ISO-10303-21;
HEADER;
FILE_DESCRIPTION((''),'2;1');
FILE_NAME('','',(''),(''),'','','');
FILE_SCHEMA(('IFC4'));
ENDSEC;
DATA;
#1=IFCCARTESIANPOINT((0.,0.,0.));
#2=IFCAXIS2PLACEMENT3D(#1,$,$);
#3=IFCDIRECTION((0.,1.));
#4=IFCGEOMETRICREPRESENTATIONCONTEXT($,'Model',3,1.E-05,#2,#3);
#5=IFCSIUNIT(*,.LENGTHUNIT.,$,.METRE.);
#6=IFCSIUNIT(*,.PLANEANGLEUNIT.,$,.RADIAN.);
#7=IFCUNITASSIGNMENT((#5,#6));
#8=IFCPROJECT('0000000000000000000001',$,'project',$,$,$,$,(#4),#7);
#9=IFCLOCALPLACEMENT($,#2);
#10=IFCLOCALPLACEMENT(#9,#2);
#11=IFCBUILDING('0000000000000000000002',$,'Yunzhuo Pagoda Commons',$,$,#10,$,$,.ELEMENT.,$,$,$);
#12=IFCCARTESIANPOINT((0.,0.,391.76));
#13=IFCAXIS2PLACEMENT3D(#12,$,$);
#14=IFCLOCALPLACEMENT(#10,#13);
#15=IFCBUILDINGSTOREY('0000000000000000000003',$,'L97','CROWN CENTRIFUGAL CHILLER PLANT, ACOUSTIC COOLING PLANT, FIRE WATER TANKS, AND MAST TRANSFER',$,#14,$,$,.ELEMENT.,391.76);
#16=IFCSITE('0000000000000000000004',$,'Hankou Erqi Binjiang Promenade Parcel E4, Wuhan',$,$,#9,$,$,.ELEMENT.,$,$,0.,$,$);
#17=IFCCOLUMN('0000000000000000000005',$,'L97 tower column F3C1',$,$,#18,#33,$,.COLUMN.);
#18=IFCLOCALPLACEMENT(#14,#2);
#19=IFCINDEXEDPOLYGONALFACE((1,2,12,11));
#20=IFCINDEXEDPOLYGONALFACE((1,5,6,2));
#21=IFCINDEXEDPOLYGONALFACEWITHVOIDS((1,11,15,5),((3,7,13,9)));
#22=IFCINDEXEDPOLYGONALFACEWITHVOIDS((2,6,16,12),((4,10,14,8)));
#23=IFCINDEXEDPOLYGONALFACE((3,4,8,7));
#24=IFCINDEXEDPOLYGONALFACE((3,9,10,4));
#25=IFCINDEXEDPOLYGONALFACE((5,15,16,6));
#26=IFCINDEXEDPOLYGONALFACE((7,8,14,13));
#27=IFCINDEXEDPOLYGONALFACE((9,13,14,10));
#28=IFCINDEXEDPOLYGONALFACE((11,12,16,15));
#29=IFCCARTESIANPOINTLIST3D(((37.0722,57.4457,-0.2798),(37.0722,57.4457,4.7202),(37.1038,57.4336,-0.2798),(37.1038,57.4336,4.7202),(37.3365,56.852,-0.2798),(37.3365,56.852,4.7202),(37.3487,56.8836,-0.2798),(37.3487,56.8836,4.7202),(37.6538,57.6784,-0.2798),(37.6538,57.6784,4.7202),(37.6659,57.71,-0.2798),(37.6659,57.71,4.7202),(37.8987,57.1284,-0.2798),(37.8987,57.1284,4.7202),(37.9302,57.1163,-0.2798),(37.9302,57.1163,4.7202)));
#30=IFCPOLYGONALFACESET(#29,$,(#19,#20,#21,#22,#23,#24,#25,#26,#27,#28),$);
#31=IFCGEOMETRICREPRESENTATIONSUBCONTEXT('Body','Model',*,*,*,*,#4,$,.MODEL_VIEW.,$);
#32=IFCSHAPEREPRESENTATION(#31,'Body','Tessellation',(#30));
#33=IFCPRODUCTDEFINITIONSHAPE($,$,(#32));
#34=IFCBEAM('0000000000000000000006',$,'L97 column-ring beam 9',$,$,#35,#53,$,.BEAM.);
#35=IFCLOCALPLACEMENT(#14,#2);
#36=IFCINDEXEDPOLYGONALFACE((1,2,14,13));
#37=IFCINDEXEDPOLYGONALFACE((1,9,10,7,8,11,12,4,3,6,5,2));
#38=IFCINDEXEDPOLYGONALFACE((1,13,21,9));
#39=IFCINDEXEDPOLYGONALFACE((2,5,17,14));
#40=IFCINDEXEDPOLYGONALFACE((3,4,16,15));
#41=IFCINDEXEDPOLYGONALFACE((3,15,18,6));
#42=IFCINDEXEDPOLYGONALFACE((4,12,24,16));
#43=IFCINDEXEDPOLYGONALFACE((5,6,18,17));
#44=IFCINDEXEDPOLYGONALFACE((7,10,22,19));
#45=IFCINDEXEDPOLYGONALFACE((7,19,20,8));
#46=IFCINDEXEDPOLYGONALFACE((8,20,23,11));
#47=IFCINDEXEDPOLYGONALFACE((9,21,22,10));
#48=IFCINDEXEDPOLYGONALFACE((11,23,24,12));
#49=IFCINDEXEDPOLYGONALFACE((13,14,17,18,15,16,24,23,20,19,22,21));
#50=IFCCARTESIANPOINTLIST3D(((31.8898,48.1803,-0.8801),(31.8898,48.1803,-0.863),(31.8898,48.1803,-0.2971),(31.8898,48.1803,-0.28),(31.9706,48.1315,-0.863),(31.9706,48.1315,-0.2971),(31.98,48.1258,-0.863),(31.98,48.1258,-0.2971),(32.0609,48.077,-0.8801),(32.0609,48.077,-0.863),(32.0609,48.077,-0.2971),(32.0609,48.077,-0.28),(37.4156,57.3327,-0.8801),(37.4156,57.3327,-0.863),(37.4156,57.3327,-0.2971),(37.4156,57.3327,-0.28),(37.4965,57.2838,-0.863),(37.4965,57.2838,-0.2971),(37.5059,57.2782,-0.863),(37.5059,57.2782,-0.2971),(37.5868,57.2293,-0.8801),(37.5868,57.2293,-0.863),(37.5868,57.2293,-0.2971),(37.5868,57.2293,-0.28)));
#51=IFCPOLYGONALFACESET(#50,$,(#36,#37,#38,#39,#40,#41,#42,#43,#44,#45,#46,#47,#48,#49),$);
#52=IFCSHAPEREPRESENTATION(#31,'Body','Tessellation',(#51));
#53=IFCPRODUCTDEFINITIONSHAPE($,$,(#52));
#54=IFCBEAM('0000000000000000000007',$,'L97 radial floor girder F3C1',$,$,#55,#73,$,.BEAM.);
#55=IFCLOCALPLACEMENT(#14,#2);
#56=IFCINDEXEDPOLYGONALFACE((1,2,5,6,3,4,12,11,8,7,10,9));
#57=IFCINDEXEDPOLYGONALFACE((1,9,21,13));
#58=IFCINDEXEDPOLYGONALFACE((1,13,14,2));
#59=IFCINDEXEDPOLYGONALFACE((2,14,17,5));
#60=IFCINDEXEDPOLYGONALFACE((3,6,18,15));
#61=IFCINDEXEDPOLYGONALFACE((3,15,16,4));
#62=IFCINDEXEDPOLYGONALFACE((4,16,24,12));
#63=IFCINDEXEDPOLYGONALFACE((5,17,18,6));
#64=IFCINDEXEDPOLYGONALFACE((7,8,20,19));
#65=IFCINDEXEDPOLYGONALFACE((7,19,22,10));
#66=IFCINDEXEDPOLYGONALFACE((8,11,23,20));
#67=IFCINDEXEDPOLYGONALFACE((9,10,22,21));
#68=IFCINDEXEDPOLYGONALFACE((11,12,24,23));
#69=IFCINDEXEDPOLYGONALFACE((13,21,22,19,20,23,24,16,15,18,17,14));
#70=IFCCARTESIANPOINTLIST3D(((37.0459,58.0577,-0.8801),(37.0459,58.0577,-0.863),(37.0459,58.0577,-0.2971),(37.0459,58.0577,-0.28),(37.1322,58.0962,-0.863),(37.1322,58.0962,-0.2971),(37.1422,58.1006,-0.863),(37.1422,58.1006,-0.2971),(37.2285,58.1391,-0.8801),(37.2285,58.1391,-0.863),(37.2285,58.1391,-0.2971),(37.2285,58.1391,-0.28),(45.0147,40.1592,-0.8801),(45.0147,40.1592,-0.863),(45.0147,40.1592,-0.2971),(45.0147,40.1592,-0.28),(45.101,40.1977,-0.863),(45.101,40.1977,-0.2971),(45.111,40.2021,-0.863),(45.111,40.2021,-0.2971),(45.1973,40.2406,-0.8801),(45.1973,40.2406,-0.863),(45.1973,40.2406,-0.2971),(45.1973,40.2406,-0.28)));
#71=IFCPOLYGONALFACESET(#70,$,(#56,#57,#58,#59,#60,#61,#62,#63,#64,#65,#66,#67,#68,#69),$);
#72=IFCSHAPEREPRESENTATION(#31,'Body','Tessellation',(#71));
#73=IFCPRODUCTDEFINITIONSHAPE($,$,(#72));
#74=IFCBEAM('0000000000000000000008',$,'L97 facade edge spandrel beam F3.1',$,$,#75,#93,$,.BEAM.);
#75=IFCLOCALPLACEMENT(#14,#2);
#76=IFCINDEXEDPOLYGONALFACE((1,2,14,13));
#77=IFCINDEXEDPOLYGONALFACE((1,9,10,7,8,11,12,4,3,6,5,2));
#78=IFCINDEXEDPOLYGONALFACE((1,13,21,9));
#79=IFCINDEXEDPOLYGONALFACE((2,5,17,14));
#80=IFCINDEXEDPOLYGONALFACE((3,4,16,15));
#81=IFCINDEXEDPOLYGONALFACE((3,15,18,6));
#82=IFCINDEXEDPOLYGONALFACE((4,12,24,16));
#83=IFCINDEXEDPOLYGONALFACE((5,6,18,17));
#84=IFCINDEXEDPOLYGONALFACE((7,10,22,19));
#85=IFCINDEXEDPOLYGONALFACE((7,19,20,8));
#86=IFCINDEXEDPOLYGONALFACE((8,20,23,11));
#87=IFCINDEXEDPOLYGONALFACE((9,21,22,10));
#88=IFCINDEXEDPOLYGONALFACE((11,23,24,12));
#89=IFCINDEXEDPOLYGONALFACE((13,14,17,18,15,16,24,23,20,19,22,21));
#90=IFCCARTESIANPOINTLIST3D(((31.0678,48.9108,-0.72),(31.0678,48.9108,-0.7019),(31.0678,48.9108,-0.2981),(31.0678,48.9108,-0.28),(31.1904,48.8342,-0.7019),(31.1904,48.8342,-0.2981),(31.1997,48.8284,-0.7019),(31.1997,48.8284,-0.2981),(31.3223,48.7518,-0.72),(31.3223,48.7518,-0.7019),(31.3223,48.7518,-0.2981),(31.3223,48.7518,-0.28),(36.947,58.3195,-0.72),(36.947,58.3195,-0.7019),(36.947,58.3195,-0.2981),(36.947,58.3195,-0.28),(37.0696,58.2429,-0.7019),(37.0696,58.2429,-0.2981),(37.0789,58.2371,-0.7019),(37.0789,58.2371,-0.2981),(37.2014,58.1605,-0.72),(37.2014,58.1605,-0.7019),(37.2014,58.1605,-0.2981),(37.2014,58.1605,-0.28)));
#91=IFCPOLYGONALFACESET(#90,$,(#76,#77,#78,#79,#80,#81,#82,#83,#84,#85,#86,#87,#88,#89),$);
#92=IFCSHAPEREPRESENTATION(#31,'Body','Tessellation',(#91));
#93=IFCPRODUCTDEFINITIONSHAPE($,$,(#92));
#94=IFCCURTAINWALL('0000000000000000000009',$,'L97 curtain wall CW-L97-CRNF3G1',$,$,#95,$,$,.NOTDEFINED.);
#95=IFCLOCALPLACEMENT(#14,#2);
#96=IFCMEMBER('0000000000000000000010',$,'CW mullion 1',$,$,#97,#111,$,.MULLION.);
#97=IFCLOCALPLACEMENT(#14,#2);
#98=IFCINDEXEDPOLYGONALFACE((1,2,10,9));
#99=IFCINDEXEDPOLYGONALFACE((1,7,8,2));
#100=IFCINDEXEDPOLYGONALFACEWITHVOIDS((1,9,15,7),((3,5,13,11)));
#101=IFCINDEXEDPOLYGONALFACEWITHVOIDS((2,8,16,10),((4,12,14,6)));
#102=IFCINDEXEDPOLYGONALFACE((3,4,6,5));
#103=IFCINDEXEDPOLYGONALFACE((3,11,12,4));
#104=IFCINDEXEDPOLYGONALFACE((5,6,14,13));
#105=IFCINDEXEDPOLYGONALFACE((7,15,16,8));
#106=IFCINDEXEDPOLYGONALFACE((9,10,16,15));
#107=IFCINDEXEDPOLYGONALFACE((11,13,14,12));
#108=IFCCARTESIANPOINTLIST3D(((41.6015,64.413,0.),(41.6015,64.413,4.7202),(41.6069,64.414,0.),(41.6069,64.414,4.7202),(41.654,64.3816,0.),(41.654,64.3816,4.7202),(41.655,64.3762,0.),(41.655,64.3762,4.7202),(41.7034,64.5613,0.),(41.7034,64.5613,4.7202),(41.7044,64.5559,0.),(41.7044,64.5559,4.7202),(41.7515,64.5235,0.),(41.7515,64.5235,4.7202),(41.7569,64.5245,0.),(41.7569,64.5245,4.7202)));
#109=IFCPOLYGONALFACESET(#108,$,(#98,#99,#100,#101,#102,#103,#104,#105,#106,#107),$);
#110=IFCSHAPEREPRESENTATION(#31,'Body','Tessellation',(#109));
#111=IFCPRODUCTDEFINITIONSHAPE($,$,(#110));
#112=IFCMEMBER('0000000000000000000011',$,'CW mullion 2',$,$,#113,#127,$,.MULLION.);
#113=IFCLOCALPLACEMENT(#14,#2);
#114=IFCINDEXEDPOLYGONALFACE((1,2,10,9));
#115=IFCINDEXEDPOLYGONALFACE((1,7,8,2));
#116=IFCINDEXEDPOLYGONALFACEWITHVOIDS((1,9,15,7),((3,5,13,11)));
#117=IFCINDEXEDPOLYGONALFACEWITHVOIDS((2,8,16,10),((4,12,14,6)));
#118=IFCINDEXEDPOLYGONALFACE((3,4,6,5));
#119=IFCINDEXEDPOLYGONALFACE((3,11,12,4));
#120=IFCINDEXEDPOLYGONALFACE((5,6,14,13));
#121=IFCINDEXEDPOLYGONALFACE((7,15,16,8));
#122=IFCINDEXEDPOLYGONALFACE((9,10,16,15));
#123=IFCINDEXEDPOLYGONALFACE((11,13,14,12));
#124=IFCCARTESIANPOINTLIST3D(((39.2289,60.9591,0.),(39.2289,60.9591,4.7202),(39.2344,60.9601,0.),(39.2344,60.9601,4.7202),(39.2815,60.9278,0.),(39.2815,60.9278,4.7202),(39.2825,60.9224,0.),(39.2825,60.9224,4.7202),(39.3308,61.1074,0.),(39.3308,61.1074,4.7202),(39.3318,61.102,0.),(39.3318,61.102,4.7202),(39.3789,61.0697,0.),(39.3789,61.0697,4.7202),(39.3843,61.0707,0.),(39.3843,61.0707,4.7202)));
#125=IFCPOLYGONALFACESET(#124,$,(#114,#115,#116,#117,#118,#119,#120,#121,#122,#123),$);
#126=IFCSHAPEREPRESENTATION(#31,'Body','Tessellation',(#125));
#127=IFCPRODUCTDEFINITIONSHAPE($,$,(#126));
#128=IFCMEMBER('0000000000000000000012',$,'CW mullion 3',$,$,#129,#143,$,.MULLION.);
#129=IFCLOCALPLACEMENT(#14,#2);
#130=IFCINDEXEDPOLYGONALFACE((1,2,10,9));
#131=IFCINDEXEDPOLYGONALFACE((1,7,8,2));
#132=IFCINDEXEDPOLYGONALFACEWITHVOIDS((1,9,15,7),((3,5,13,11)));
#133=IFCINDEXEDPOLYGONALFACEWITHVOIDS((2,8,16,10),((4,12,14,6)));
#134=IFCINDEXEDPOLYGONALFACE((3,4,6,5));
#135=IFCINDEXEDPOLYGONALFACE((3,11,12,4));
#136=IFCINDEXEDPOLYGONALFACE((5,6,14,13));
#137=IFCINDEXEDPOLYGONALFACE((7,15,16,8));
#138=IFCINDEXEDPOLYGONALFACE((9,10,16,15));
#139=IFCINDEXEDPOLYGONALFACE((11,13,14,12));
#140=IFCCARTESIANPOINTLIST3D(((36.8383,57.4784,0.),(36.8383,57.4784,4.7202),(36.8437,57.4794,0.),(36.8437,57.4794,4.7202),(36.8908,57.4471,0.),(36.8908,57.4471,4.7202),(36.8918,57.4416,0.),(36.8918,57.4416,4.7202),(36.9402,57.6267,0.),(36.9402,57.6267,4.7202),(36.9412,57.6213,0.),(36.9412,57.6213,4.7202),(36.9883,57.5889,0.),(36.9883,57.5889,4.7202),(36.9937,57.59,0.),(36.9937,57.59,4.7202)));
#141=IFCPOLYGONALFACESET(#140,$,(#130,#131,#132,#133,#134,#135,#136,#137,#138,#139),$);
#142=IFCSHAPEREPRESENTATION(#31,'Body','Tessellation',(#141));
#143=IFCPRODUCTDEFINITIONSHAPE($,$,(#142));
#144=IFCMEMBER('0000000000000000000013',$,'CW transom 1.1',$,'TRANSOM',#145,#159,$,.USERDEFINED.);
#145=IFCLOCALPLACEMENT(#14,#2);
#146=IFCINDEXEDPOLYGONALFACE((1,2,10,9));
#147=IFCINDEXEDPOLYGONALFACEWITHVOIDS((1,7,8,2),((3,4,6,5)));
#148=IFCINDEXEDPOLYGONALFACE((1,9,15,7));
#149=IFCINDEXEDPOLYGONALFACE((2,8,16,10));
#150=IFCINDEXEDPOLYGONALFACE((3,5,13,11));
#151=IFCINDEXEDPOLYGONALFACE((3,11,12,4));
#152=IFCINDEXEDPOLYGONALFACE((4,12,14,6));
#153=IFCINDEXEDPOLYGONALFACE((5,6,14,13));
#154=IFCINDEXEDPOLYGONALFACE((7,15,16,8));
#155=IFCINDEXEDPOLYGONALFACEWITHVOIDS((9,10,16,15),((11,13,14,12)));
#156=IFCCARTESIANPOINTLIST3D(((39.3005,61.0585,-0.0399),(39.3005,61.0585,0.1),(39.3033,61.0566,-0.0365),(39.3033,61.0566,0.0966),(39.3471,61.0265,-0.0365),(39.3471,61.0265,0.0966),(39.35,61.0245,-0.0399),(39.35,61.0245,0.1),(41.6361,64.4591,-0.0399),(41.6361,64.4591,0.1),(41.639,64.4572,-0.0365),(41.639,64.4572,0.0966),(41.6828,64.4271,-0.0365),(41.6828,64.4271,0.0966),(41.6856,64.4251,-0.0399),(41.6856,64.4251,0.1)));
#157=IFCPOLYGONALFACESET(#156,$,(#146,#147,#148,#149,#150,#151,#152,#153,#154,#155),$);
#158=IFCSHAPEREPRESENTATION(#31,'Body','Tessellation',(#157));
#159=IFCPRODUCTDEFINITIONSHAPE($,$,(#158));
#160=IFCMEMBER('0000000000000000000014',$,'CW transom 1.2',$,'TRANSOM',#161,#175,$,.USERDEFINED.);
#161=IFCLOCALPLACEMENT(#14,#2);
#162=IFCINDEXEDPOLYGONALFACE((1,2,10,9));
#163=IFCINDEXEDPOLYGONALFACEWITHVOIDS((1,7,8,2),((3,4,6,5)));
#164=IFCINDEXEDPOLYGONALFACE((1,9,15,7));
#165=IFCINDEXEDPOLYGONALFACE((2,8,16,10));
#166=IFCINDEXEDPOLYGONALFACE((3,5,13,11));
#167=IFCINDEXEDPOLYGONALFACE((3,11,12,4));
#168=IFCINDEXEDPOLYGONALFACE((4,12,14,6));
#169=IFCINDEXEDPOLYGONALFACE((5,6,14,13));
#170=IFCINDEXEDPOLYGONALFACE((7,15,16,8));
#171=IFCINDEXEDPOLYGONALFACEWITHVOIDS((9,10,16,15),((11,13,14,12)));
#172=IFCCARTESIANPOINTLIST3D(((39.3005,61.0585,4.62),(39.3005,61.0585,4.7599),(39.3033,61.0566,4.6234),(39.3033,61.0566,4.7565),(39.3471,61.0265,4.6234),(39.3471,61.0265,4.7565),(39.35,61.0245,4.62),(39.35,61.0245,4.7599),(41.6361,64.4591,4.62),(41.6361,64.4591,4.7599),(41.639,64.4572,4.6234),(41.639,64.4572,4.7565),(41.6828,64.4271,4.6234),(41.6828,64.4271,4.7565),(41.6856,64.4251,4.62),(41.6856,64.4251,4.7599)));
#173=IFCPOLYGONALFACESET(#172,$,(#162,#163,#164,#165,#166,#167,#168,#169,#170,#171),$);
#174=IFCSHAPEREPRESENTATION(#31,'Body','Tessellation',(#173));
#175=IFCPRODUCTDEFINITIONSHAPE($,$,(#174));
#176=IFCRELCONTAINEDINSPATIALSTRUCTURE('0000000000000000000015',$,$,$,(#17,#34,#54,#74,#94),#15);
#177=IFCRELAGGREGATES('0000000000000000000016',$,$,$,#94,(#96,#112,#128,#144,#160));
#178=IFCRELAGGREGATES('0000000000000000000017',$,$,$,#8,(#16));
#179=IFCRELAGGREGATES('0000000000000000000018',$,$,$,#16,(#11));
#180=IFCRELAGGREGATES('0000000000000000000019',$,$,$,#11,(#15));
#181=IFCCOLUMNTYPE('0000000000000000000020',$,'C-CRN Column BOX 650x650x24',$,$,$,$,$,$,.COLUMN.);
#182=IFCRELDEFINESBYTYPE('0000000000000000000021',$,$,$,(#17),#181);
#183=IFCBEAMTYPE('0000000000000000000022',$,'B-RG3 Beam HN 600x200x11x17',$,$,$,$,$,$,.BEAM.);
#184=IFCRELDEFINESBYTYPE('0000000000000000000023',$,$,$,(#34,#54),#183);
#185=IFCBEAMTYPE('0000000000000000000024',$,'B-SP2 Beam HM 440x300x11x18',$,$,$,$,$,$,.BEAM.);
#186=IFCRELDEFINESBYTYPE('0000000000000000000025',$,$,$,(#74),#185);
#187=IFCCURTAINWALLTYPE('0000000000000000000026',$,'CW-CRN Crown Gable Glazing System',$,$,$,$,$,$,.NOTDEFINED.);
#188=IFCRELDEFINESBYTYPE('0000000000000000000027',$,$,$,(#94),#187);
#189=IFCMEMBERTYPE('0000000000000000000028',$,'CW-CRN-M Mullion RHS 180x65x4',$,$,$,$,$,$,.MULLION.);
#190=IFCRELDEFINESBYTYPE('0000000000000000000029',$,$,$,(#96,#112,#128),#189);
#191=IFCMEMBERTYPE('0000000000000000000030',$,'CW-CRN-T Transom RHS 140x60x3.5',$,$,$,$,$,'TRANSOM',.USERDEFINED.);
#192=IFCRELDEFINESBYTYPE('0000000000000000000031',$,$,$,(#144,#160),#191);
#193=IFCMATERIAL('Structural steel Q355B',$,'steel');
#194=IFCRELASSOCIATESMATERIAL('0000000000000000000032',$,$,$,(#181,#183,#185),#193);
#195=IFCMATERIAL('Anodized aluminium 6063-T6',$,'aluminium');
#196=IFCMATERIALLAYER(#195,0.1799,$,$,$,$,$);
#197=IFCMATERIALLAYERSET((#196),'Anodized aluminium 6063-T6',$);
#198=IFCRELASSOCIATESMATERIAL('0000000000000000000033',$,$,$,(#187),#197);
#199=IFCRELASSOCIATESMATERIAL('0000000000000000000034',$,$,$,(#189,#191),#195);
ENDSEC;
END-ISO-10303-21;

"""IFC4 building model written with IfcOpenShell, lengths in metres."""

from ifc_helpers import new_model, si_unit, direction, frame, origin, origin_2d, place, context, subcontext, project, spatial, hollow_rectangle, i_section, extrude, source, transform, mapped, material, layer, layer_set, material_profile, profile_set, type_object, element, aggregate, save


model = new_model("IFC4")

# Units and contexts
model_context = context("Model", 3, precision=1e-05, world=origin(), true_north=direction((0.0, 1.0)))
body_context = subcontext(model_context, "Body", "Model", "MODEL_VIEW")
ifc_project = project(units=[si_unit("LENGTHUNIT", "METRE"), si_unit("PLANEANGLEUNIT", "RADIAN")], contexts=[model_context])

# Site, building, storey
site_placement = place(None, origin())
site = spatial("IfcSite", under=ifc_project, at=site_placement, Name="Hankou Erqi Binjiang Promenade Parcel E4, Wuhan", CompositionType="ELEMENT", RefElevation=0.0)
building_placement = place(site_placement, origin())
building = spatial("IfcBuilding", under=site, at=building_placement, Name="Yunzhuo Pagoda Commons", CompositionType="ELEMENT")
storey_placement = place(building_placement, frame((0.0, 0.0, 391.76)))
storey = spatial("IfcBuildingStorey", under=building, at=storey_placement, Name="L97", Description="CROWN CENTRIFUGAL CHILLER PLANT, ACOUSTIC COOLING PLANT, FIRE WATER TANKS, AND MAST TRANSFER", CompositionType="ELEMENT", Elevation=391.76)

# Column
ifc_material_1 = material(Name="Structural steel Q355B", Category="steel")
ifc_material_profile_1 = material_profile(ifc_material_1, hollow_rectangle(XDim=0.6499, YDim=0.6499, WallThickness=0.0239, at=origin_2d()), Name="Structural steel Q355B")
ifc_profile_set_1 = profile_set([ifc_material_profile_1], Name="Structural steel Q355B")
column_type = type_object("IfcColumnType", Name="C-CRN Column BOX 650x650x24", PredefinedType="COLUMN", material=ifc_profile_set_1)
shared_shape_1 = source(origin(), body_context, "Body", "SweptSolid", [
    extrude(hollow_rectangle(XDim=0.6499, YDim=0.6499, WallThickness=0.0239, at=origin_2d()), origin(), (0.0, 0.0, 1.0), 5.0),
])
column_placement = place(storey_placement, frame((37.5012, 57.281, -0.2798), z_axis=(0.0, 0.0, 1.0), x_axis=(-0.913545, -0.406737, 0.0)))
element("IfcColumn", 1, at=column_placement, inside=storey, type_object=column_type, Name="L97 tower column F3C1", PredefinedType="COLUMN", context=body_context, shape_type="MappedRepresentation", body=[
    mapped(shared_shape_1, transform((0.0, 0.0, 0.0), scale=1.0)),
])

# Beams
ifc_material_profile_2 = material_profile(ifc_material_1, i_section(OverallWidth=0.2, OverallDepth=0.6001, WebThickness=0.011, FlangeThickness=0.0171, at=origin_2d()), Name="Structural steel Q355B")
ifc_profile_set_2 = profile_set([ifc_material_profile_2], Name="Structural steel Q355B")
beam_type_1 = type_object("IfcBeamType", Name="B-RG3 Beam HN 600x200x11x17", PredefinedType="BEAM", material=ifc_profile_set_2)
shared_shape_2 = source(origin(), body_context, "Body", "SweptSolid", [
    extrude(i_section(OverallWidth=0.2, OverallDepth=0.6001, WebThickness=0.011, FlangeThickness=0.0171, at=origin_2d()), origin(), (0.0, 0.0, 1.0), 10.6912),
])
beam_1_placement = place(storey_placement, frame((37.5012, 57.281, -0.5801), z_axis=(-0.516865, -0.856067, 0.0), x_axis=(0.856067, -0.516865, 0.0)))
element("IfcBeam", 2, at=beam_1_placement, inside=storey, type_object=beam_type_1, Name="L97 column-ring beam 9", PredefinedType="BEAM", context=body_context, shape_type="MappedRepresentation", body=[
    mapped(shared_shape_2, transform((0.0, 0.0, 0.0), scale=1.0)),
])
shared_shape_3 = source(origin(), body_context, "Body", "SweptSolid", [
    extrude(i_section(OverallWidth=0.2, OverallDepth=0.6001, WebThickness=0.011, FlangeThickness=0.0171, at=origin_2d()), origin(), (0.0, 0.0, 1.0), 19.5923),
])
beam_2_placement = place(storey_placement, frame((37.1372, 58.0984, -0.5801), z_axis=(0.40673, -0.913548, 0.0), x_axis=(0.913548, 0.40673, 0.0)))
element("IfcBeam", 3, at=beam_2_placement, inside=storey, type_object=beam_type_1, Name="L97 radial floor girder F3C1", PredefinedType="BEAM", context=body_context, shape_type="MappedRepresentation", body=[
    mapped(shared_shape_3, transform((0.0, 0.0, 0.0), scale=1.0)),
])
ifc_material_profile_3 = material_profile(ifc_material_1, i_section(OverallWidth=0.3, OverallDepth=0.4399, WebThickness=0.011, FlangeThickness=0.0181, at=origin_2d()), Name="Structural steel Q355B")
ifc_profile_set_3 = profile_set([ifc_material_profile_3], Name="Structural steel Q355B")
beam_type_2 = type_object("IfcBeamType", Name="B-SP2 Beam HM 440x300x11x18", PredefinedType="BEAM", material=ifc_profile_set_3)
shared_shape_4 = source(origin(), body_context, "Body", "SweptSolid", [
    extrude(i_section(OverallWidth=0.3, OverallDepth=0.4399, WebThickness=0.011, FlangeThickness=0.0181, at=origin_2d()), origin(), (0.0, 0.0, 1.0), 11.0945),
])
beam_3_placement = place(storey_placement, frame((37.0742, 58.24, -0.5), z_axis=(-0.529916, -0.84805, 0.0), x_axis=(0.84805, -0.529916, 0.0)))
element("IfcBeam", 4, at=beam_3_placement, inside=storey, type_object=beam_type_2, Name="L97 facade edge spandrel beam F3.1", PredefinedType="BEAM", context=body_context, shape_type="MappedRepresentation", body=[
    mapped(shared_shape_4, transform((0.0, 0.0, 0.0), scale=1.0)),
])

# Curtain wall, members
ifc_material_2 = material(Name="Anodized aluminium 6063-T6", Category="aluminium")
ifc_layer_1 = layer(ifc_material_2, 0.1799)
ifc_layer_set_1 = layer_set([ifc_layer_1], Name="Anodized aluminium 6063-T6")
curtain_wall_type_1 = type_object("IfcCurtainWallType", Name="CW-CRN Crown Gable Glazing System", PredefinedType="NOTDEFINED", material=ifc_layer_set_1)
curtain_wall_1_placement = place(storey_placement, origin())
curtain_wall_1 = element("IfcCurtainWall", 5, at=curtain_wall_1_placement, inside=storey, type_object=curtain_wall_type_1, Name="L97 curtain wall CW-L97-CRNF3G1", PredefinedType="NOTDEFINED")
ifc_material_profile_4 = material_profile(ifc_material_2, hollow_rectangle(XDim=0.0649, YDim=0.1799, WallThickness=0.0039, at=origin_2d()), Name="Anodized aluminium 6063-T6")
ifc_profile_set_4 = profile_set([ifc_material_profile_4], Name="Anodized aluminium 6063-T6")
member_type_1 = type_object("IfcMemberType", Name="CW-CRN-M Mullion RHS 180x65x4", PredefinedType="MULLION", material=ifc_profile_set_4)
shared_shape_5 = source(origin(), body_context, "Body", "SweptSolid", [
    extrude(hollow_rectangle(XDim=0.0649, YDim=0.1799, WallThickness=0.0039, at=origin_2d()), origin(), (0.0, 0.0, 1.0), 4.7202),
])
member_1_placement = place(storey_placement, frame((41.6792, 64.4688, 0.0), z_axis=(0.0, 0.0, 1.0), x_axis=(0.824296, -0.566159, 0.0)))
member_1 = element("IfcMember", 6, at=member_1_placement, type_object=member_type_1, Name="CW mullion 1", PredefinedType="MULLION", context=body_context, shape_type="MappedRepresentation", body=[
    mapped(shared_shape_5, transform((0.0, 0.0, 0.0), scale=1.0)),
])
member_2_placement = place(storey_placement, frame((39.3066, 61.0149, 0.0), z_axis=(0.0, 0.0, 1.0), x_axis=(0.824296, -0.566159, 0.0)))
member_2 = element("IfcMember", 7, at=member_2_placement, type_object=member_type_1, Name="CW mullion 2", PredefinedType="MULLION", context=body_context, shape_type="MappedRepresentation", body=[
    mapped(shared_shape_5, transform((0.0, 0.0, 0.0), scale=1.0)),
])
member_3_placement = place(storey_placement, frame((36.916, 57.5342, 0.0), z_axis=(0.0, 0.0, 1.0), x_axis=(0.824296, -0.566159, 0.0)))
member_3 = element("IfcMember", 8, at=member_3_placement, type_object=member_type_1, Name="CW mullion 3", PredefinedType="MULLION", context=body_context, shape_type="MappedRepresentation", body=[
    mapped(shared_shape_5, transform((0.0, 0.0, 0.0), scale=1.0)),
])
ifc_material_profile_5 = material_profile(ifc_material_2, hollow_rectangle(XDim=0.0601, YDim=0.1399, WallThickness=0.0034, at=origin_2d()), Name="Anodized aluminium 6063-T6")
ifc_profile_set_5 = profile_set([ifc_material_profile_5], Name="Anodized aluminium 6063-T6")
member_type_2 = type_object("IfcMemberType", Name="CW-CRN-T Transom RHS 140x60x3.5", ElementType="TRANSOM", PredefinedType="USERDEFINED", material=ifc_profile_set_5)
shared_shape_6 = source(origin(), body_context, "Body", "SweptSolid", [
    extrude(hollow_rectangle(XDim=0.0601, YDim=0.1399, WallThickness=0.0034, at=origin_2d()), origin(), (0.0, 0.0, 1.0), 4.1255),
])
member_4_placement = place(storey_placement, frame((41.6609, 64.4421, 0.03), z_axis=(-0.56616, -0.824296, 0.0), x_axis=(0.824296, -0.56616, 0.0)))
member_4 = element("IfcMember", 9, at=member_4_placement, type_object=member_type_2, Name="CW transom 1.1", ObjectType="TRANSOM", PredefinedType="USERDEFINED", context=body_context, shape_type="MappedRepresentation", body=[
    mapped(shared_shape_6, transform((0.0, 0.0, 0.0), scale=1.0)),
])
member_5_placement = place(storey_placement, frame((41.6609, 64.4421, 4.6899), z_axis=(-0.56616, -0.824296, 0.0), x_axis=(0.824296, -0.56616, 0.0)))
member_5 = element("IfcMember", 10, at=member_5_placement, type_object=member_type_2, Name="CW transom 1.2", ObjectType="TRANSOM", PredefinedType="USERDEFINED", context=body_context, shape_type="MappedRepresentation", body=[
    mapped(shared_shape_6, transform((0.0, 0.0, 0.0), scale=1.0)),
])

aggregate(curtain_wall_1, [member_1, member_2, member_3, member_4, member_5])

save(model, "model.ifc")
